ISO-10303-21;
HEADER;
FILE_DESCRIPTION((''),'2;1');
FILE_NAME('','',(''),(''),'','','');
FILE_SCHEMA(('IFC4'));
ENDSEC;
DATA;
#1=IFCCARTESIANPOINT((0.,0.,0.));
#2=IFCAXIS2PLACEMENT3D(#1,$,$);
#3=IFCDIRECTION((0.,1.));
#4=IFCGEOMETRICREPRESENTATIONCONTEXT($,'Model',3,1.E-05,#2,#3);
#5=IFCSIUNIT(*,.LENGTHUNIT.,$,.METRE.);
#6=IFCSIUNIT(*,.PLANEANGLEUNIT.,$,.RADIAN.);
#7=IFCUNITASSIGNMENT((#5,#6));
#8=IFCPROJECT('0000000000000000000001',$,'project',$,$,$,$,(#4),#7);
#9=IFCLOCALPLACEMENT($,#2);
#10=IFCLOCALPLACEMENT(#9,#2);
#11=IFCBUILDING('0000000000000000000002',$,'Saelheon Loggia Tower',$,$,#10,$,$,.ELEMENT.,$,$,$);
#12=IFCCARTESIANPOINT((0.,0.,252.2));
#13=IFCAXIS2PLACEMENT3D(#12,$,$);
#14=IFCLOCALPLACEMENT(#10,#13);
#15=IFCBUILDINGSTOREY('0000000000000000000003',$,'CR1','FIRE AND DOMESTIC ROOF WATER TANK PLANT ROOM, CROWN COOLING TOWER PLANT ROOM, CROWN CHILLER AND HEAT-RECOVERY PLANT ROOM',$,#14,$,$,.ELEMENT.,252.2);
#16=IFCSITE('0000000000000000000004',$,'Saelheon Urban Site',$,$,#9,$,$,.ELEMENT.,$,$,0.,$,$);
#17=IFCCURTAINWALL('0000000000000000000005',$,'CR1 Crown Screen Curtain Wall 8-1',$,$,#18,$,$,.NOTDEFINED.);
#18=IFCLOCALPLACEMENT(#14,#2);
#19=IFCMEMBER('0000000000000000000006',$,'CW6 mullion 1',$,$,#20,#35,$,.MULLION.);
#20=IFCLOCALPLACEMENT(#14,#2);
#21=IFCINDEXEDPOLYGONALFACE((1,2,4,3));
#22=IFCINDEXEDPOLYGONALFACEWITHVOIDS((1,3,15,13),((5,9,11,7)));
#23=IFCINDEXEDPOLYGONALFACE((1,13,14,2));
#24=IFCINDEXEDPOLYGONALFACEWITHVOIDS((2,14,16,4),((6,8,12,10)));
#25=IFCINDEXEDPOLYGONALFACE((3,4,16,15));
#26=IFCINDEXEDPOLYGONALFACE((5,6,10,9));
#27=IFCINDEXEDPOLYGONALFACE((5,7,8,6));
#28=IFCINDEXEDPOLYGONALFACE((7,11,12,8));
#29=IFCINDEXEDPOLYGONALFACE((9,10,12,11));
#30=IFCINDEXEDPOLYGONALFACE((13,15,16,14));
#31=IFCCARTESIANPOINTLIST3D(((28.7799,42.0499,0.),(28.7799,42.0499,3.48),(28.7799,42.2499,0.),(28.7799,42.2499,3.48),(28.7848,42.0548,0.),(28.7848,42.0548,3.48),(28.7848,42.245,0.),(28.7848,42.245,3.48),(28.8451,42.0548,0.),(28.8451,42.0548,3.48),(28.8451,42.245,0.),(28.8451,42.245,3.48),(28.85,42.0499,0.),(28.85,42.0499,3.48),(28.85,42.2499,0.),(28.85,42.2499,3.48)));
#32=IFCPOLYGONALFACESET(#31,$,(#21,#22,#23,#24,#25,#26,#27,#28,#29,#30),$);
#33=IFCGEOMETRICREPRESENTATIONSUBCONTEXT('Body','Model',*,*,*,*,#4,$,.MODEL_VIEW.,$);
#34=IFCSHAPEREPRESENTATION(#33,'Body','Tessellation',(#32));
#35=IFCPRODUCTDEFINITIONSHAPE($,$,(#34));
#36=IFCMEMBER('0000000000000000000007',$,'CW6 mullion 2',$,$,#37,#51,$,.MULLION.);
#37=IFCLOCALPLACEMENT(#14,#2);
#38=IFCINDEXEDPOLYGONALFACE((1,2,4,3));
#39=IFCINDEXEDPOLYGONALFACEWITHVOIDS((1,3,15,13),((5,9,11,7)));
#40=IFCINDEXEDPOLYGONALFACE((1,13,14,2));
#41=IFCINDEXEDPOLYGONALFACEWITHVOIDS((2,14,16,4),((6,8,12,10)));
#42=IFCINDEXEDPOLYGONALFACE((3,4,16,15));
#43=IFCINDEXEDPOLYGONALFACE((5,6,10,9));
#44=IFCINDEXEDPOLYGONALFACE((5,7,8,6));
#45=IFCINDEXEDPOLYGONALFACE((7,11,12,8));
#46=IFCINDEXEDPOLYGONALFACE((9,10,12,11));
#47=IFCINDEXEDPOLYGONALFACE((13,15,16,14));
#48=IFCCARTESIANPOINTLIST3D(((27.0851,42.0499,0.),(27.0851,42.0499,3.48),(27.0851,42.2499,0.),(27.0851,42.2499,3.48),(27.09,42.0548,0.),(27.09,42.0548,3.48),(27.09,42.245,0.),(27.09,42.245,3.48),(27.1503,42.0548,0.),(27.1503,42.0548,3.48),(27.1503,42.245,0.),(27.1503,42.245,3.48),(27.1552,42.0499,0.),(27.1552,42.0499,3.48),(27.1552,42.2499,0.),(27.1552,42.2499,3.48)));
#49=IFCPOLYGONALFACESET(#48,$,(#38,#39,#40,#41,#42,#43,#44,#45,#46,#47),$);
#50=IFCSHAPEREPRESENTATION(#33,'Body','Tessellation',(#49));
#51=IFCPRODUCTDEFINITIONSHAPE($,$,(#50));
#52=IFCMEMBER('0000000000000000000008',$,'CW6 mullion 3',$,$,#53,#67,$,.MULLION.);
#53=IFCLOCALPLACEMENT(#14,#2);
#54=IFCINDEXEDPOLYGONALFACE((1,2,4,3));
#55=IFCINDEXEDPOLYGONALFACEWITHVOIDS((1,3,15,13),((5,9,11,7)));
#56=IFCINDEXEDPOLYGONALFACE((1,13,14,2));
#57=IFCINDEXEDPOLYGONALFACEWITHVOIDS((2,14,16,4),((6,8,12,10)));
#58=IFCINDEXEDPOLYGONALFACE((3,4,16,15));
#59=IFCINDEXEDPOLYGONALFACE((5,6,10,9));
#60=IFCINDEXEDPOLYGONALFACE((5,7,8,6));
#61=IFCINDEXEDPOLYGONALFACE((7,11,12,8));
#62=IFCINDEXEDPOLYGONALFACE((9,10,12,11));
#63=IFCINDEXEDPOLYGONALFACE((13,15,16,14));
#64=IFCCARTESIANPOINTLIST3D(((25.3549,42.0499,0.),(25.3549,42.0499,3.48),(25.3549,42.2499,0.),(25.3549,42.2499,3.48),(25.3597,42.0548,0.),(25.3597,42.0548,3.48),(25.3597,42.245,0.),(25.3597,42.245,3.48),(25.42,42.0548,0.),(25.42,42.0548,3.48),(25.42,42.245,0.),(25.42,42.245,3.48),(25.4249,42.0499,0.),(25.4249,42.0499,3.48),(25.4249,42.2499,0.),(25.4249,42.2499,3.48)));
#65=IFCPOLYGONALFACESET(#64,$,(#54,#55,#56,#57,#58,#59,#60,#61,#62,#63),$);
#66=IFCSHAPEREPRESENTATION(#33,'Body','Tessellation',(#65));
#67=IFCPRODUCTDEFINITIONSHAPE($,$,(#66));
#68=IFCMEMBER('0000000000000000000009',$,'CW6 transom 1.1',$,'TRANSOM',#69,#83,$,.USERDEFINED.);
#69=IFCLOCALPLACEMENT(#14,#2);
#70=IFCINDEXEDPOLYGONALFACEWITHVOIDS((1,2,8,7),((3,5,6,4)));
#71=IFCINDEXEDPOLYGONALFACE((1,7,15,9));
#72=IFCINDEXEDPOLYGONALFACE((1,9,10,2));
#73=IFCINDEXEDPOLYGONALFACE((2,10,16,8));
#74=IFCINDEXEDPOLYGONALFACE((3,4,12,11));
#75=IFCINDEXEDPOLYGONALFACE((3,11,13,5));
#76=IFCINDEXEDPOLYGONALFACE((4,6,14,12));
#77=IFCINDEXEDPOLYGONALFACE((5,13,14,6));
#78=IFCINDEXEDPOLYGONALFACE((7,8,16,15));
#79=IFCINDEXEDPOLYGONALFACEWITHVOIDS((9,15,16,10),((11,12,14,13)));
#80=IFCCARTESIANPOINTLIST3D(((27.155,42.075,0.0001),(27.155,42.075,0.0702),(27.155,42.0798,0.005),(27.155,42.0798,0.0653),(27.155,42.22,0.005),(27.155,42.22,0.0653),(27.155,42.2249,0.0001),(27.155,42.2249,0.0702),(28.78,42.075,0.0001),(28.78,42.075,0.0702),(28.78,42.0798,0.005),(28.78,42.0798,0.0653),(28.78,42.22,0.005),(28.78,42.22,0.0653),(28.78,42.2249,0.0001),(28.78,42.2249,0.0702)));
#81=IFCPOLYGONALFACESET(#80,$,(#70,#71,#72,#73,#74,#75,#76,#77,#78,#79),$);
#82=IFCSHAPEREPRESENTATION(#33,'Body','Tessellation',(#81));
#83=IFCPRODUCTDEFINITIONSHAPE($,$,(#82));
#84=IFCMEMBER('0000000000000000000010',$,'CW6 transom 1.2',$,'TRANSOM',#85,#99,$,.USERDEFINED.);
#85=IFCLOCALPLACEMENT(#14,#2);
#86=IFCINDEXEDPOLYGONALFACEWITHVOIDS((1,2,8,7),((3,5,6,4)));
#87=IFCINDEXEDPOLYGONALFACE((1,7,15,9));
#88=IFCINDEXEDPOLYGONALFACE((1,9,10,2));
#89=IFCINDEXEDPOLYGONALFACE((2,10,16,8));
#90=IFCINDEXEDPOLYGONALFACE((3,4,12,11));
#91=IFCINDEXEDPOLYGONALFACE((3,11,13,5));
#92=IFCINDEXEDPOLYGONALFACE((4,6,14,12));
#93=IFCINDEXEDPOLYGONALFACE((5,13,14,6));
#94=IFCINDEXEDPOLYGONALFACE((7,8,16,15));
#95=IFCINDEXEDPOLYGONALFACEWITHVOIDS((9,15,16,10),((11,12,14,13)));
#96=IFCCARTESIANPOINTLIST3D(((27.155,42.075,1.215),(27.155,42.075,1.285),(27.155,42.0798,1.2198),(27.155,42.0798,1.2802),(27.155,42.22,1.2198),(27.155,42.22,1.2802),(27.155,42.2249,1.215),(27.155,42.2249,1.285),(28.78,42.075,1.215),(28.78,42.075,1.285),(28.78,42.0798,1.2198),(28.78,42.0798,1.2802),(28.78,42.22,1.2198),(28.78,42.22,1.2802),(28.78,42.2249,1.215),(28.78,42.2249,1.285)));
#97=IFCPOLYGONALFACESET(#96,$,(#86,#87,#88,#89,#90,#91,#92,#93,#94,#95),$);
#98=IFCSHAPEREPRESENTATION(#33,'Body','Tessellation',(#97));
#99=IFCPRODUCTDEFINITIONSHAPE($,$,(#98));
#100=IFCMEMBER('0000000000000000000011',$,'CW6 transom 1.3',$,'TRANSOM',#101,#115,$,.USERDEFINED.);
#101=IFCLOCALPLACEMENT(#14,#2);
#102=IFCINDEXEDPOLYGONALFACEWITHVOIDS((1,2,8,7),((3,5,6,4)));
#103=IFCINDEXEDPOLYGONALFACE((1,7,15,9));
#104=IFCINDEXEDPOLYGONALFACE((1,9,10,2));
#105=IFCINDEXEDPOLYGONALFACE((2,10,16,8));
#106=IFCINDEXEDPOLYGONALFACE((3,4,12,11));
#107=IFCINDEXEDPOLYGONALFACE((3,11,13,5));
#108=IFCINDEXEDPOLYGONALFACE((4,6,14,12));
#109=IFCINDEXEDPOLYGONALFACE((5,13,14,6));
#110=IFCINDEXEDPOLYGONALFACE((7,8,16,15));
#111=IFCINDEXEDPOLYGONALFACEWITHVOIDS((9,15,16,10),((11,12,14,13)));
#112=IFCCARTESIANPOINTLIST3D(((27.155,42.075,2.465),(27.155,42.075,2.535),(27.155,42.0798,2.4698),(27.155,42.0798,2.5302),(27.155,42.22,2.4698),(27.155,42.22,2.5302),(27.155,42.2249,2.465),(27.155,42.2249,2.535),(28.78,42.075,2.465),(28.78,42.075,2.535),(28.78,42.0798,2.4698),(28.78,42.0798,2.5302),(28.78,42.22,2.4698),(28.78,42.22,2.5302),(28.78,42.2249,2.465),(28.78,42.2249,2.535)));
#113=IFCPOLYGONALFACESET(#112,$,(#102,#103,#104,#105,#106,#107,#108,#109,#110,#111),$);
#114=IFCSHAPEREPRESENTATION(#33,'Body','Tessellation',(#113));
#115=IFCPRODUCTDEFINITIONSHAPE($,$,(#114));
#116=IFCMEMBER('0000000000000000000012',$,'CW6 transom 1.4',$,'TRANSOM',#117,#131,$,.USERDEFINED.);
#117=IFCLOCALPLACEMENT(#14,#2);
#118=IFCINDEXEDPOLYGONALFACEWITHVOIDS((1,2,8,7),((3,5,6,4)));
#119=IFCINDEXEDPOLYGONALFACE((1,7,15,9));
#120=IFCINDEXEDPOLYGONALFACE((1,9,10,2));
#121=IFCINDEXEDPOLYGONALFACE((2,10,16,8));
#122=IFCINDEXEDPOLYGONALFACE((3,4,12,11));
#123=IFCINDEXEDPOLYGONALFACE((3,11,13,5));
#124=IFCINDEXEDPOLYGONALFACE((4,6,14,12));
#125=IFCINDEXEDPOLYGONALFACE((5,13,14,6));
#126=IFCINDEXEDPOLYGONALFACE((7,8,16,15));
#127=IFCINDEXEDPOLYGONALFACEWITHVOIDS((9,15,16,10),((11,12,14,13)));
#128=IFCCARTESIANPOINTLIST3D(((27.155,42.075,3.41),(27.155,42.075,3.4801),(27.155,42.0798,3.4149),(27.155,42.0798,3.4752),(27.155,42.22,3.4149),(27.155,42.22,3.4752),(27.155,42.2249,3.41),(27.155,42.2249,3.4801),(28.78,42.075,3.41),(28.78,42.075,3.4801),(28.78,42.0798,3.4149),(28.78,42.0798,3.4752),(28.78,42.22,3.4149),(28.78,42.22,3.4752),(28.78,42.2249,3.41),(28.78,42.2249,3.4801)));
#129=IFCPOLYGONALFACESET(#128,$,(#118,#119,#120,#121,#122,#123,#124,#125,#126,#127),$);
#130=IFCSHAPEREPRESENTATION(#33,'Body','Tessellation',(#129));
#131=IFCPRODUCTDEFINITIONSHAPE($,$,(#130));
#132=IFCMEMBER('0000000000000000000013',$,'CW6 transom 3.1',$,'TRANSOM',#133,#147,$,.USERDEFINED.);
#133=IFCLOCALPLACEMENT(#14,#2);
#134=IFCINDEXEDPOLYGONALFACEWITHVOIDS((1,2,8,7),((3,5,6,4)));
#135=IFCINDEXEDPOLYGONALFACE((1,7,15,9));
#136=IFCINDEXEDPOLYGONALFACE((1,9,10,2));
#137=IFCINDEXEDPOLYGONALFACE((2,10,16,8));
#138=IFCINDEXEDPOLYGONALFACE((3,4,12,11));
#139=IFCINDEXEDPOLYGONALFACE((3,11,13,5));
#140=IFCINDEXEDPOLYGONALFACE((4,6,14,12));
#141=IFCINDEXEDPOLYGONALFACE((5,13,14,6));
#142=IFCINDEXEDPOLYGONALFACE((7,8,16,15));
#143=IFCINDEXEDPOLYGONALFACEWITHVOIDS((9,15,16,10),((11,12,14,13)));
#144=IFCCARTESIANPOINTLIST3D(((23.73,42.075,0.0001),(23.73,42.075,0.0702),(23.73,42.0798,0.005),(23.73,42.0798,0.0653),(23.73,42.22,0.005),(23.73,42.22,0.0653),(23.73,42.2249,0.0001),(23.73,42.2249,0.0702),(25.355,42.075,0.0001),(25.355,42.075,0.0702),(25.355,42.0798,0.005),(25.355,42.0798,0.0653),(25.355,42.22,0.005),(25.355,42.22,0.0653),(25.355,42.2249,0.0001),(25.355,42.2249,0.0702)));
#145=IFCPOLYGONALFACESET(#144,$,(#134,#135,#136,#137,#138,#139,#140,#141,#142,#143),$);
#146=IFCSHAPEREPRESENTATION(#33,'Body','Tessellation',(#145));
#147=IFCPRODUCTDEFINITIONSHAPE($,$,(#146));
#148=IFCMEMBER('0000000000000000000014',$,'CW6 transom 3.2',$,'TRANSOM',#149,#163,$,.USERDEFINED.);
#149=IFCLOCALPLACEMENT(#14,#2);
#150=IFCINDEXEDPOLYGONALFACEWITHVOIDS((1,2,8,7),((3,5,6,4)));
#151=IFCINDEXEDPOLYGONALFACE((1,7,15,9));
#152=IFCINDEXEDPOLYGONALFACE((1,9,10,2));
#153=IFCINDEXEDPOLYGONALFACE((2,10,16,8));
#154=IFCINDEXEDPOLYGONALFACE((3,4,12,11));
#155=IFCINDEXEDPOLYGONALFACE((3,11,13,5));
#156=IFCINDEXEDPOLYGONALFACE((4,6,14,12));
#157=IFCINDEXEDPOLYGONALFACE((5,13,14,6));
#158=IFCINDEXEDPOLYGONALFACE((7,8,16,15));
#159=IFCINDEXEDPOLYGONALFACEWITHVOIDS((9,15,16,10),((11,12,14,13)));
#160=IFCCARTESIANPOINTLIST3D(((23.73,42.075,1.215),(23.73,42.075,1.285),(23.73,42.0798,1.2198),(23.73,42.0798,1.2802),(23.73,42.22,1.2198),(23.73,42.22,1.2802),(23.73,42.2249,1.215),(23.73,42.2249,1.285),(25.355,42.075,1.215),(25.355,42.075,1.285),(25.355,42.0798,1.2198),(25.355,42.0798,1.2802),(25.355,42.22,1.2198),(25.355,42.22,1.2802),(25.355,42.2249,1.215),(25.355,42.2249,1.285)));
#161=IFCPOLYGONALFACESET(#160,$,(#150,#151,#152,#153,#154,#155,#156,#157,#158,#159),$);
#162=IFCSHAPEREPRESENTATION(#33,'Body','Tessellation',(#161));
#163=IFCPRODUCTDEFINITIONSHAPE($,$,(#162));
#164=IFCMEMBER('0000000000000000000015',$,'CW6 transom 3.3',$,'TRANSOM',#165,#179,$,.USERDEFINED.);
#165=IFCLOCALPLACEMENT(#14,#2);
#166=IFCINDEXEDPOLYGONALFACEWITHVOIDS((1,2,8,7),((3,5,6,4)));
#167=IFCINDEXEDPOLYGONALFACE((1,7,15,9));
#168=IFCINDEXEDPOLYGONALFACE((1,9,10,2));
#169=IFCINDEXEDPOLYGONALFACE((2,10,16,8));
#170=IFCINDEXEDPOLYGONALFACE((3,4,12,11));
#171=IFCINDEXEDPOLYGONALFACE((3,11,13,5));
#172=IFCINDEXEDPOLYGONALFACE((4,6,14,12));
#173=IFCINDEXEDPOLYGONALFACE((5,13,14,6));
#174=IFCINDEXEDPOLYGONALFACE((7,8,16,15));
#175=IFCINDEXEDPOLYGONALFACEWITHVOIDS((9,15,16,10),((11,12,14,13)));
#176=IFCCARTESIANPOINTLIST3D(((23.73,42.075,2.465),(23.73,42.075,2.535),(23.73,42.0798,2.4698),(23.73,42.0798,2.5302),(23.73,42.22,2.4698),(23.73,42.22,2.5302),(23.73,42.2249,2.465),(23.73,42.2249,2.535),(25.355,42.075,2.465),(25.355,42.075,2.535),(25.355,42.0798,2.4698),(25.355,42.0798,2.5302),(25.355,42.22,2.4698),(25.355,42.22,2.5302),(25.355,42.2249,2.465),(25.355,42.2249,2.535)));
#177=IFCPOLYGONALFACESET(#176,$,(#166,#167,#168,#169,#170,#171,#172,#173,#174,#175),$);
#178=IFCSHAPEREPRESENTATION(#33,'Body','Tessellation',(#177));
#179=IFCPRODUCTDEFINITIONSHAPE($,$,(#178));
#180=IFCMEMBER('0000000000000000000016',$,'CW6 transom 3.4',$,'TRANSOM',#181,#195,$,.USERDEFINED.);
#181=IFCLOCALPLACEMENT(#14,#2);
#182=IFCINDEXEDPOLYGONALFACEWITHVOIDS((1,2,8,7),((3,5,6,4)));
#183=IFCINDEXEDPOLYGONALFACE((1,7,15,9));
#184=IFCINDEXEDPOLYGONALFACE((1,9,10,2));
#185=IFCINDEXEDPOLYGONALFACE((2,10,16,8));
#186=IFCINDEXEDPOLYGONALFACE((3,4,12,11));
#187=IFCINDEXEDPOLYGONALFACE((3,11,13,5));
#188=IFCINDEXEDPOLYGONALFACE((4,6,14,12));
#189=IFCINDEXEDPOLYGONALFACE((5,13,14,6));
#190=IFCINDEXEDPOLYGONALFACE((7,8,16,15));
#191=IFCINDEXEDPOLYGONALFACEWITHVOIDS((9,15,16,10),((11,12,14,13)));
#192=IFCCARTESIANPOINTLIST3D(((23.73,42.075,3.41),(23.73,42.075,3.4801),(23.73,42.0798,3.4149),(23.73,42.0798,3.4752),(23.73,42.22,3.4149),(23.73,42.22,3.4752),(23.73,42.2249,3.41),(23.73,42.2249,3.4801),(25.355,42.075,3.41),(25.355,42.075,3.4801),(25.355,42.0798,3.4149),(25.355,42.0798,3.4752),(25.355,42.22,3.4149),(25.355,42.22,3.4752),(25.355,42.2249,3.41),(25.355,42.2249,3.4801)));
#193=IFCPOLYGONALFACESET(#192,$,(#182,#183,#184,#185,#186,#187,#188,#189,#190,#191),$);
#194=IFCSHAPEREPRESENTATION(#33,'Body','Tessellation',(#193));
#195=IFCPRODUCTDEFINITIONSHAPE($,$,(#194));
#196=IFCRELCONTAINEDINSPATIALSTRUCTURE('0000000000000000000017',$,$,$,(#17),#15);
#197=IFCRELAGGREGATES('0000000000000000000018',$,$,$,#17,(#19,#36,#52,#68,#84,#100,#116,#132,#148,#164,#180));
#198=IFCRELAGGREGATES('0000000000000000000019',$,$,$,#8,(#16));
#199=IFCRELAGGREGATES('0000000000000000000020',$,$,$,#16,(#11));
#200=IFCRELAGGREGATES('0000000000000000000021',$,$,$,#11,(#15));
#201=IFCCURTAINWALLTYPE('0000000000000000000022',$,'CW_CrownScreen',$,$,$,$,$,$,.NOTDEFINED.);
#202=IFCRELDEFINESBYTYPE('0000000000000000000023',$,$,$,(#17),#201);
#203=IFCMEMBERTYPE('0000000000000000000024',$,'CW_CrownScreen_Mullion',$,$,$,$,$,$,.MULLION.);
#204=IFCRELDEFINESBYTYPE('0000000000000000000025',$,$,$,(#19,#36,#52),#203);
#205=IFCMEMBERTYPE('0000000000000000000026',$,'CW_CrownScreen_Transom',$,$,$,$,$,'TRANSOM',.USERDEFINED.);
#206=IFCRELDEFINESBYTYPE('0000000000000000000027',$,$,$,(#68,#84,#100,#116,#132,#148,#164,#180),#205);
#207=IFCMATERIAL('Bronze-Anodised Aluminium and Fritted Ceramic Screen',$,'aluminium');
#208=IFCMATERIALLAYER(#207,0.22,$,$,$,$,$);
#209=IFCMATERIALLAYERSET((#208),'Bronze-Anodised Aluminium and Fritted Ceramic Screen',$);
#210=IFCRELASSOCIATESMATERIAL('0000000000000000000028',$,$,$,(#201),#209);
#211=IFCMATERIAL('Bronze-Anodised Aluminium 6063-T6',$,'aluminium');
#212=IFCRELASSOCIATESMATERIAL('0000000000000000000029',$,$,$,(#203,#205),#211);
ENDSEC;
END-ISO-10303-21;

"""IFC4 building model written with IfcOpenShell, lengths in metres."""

from ifc_helpers import new_model, si_unit, direction, frame, origin, origin_2d, place, context, subcontext, project, spatial, hollow_rectangle, extrude, source, transform, mapped, material, layer, layer_set, material_profile, profile_set, type_object, element, aggregate, save


model = new_model("IFC4")

# Units and contexts
model_context = context("Model", 3, precision=1e-05, world=origin(), true_north=direction((0.0, 1.0)))
body_context = subcontext(model_context, "Body", "Model", "MODEL_VIEW")
ifc_project = project(units=[si_unit("LENGTHUNIT", "METRE"), si_unit("PLANEANGLEUNIT", "RADIAN")], contexts=[model_context])

# Site, building, storey
site_placement = place(None, origin())
site = spatial("IfcSite", under=ifc_project, at=site_placement, Name="Saelheon Urban Site", CompositionType="ELEMENT", RefElevation=0.0)
building_placement = place(site_placement, origin())
building = spatial("IfcBuilding", under=site, at=building_placement, Name="Saelheon Loggia Tower", CompositionType="ELEMENT")
storey_placement = place(building_placement, frame((0.0, 0.0, 252.2)))
storey = spatial("IfcBuildingStorey", under=building, at=storey_placement, Name="CR1", Description="FIRE AND DOMESTIC ROOF WATER TANK PLANT ROOM, CROWN COOLING TOWER PLANT ROOM, CROWN CHILLER AND HEAT-RECOVERY PLANT ROOM", CompositionType="ELEMENT", Elevation=252.2)

# Curtain wall, members
ifc_material_1 = material(Name="Bronze-Anodised Aluminium and Fritted Ceramic Screen", Category="aluminium")
ifc_layer_1 = layer(ifc_material_1, 0.22)
ifc_layer_set_1 = layer_set([ifc_layer_1], Name="Bronze-Anodised Aluminium and Fritted Ceramic Screen")
curtain_wall_type = type_object("IfcCurtainWallType", Name="CW_CrownScreen", PredefinedType="NOTDEFINED", material=ifc_layer_set_1)
curtain_wall_placement = place(storey_placement, origin())
curtain_wall = element("IfcCurtainWall", 1, at=curtain_wall_placement, inside=storey, type_object=curtain_wall_type, Name="CR1 Crown Screen Curtain Wall 8-1", PredefinedType="NOTDEFINED")
ifc_material_2 = material(Name="Bronze-Anodised Aluminium 6063-T6", Category="aluminium")
ifc_material_profile_1 = material_profile(ifc_material_2, hollow_rectangle(XDim=0.0701, YDim=0.2, WallThickness=0.0049, at=origin_2d()), Name="RHS-200x70x5")
ifc_profile_set_1 = profile_set([ifc_material_profile_1], Name="Bronze-Anodised Aluminium 6063-T6")
member_type_1 = type_object("IfcMemberType", Name="CW_CrownScreen_Mullion", PredefinedType="MULLION", material=ifc_profile_set_1)
shared_shape_1 = source(origin(), body_context, "Body", "SweptSolid", [
    extrude(hollow_rectangle(XDim=0.0701, YDim=0.2, WallThickness=0.0049, at=origin_2d()), origin(), (0.0, 0.0, 1.0), 3.48),
])
member_1_placement = place(storey_placement, frame((28.8149, 42.1499, 0.0), z_axis=(0.0, 0.0, 1.0), x_axis=(-1.0, 0.0, 0.0)))
member_1 = element("IfcMember", 2, at=member_1_placement, type_object=member_type_1, Name="CW6 mullion 1", PredefinedType="MULLION", context=body_context, shape_type="MappedRepresentation", body=[
    mapped(shared_shape_1, transform((0.0, 0.0, 0.0), scale=1.0)),
])
member_2_placement = place(storey_placement, frame((27.1201, 42.1499, 0.0), z_axis=(0.0, 0.0, 1.0), x_axis=(-1.0, 0.0, 0.0)))
member_2 = element("IfcMember", 3, at=member_2_placement, type_object=member_type_1, Name="CW6 mullion 2", PredefinedType="MULLION", context=body_context, shape_type="MappedRepresentation", body=[
    mapped(shared_shape_1, transform((0.0, 0.0, 0.0), scale=1.0)),
])
member_3_placement = place(storey_placement, frame((25.3899, 42.1499, 0.0), z_axis=(0.0, 0.0, 1.0), x_axis=(-1.0, 0.0, 0.0)))
member_3 = element("IfcMember", 4, at=member_3_placement, type_object=member_type_1, Name="CW6 mullion 3", PredefinedType="MULLION", context=body_context, shape_type="MappedRepresentation", body=[
    mapped(shared_shape_1, transform((0.0, 0.0, 0.0), scale=1.0)),
])
ifc_material_profile_2 = material_profile(ifc_material_2, hollow_rectangle(XDim=0.0701, YDim=0.1499, WallThickness=0.0049, at=origin_2d()), Name="RHS-150x70x5")
ifc_profile_set_2 = profile_set([ifc_material_profile_2], Name="Bronze-Anodised Aluminium 6063-T6")
member_type_2 = type_object("IfcMemberType", Name="CW_CrownScreen_Transom", ElementType="TRANSOM", PredefinedType="USERDEFINED", material=ifc_profile_set_2)
shared_shape_2 = source(origin(), body_context, "Body", "SweptSolid", [
    extrude(hollow_rectangle(XDim=0.0701, YDim=0.1499, WallThickness=0.0049, at=origin_2d()), origin(), (0.0, 0.0, 1.0), 1.625),
])
member_4_placement = place(storey_placement, frame((28.78, 42.1499, 0.0352), z_axis=(-1.0, 0.0, 0.0), x_axis=(0.0, 0.0, 1.0)))
member_4 = element("IfcMember", 5, at=member_4_placement, type_object=member_type_2, Name="CW6 transom 1.1", ObjectType="TRANSOM", PredefinedType="USERDEFINED", context=body_context, shape_type="MappedRepresentation", body=[
    mapped(shared_shape_2, transform((0.0, 0.0, 0.0), scale=1.0)),
])
member_5_placement = place(storey_placement, frame((28.78, 42.1499, 1.25), z_axis=(-1.0, 0.0, 0.0), x_axis=(0.0, 0.0, 1.0)))
member_5 = element("IfcMember", 6, at=member_5_placement, type_object=member_type_2, Name="CW6 transom 1.2", ObjectType="TRANSOM", PredefinedType="USERDEFINED", context=body_context, shape_type="MappedRepresentation", body=[
    mapped(shared_shape_2, transform((0.0, 0.0, 0.0), scale=1.0)),
])
member_6_placement = place(storey_placement, frame((28.78, 42.1499, 2.5), z_axis=(-1.0, 0.0, 0.0), x_axis=(0.0, 0.0, 1.0)))
member_6 = element("IfcMember", 7, at=member_6_placement, type_object=member_type_2, Name="CW6 transom 1.3", ObjectType="TRANSOM", PredefinedType="USERDEFINED", context=body_context, shape_type="MappedRepresentation", body=[
    mapped(shared_shape_2, transform((0.0, 0.0, 0.0), scale=1.0)),
])
member_7_placement = place(storey_placement, frame((28.78, 42.1499, 3.4451), z_axis=(-1.0, 0.0, 0.0), x_axis=(0.0, 0.0, 1.0)))
member_7 = element("IfcMember", 8, at=member_7_placement, type_object=member_type_2, Name="CW6 transom 1.4", ObjectType="TRANSOM", PredefinedType="USERDEFINED", context=body_context, shape_type="MappedRepresentation", body=[
    mapped(shared_shape_2, transform((0.0, 0.0, 0.0), scale=1.0)),
])
member_8_placement = place(storey_placement, frame((25.355, 42.1499, 0.0352), z_axis=(-1.0, 0.0, 0.0), x_axis=(0.0, 0.0, 1.0)))
member_8 = element("IfcMember", 9, at=member_8_placement, type_object=member_type_2, Name="CW6 transom 3.1", ObjectType="TRANSOM", PredefinedType="USERDEFINED", context=body_context, shape_type="MappedRepresentation", body=[
    mapped(shared_shape_2, transform((0.0, 0.0, 0.0), scale=1.0)),
])
member_9_placement = place(storey_placement, frame((25.355, 42.1499, 1.25), z_axis=(-1.0, 0.0, 0.0), x_axis=(0.0, 0.0, 1.0)))
member_9 = element("IfcMember", 10, at=member_9_placement, type_object=member_type_2, Name="CW6 transom 3.2", ObjectType="TRANSOM", PredefinedType="USERDEFINED", context=body_context, shape_type="MappedRepresentation", body=[
    mapped(shared_shape_2, transform((0.0, 0.0, 0.0), scale=1.0)),
])
member_10_placement = place(storey_placement, frame((25.355, 42.1499, 2.5), z_axis=(-1.0, 0.0, 0.0), x_axis=(0.0, 0.0, 1.0)))
member_10 = element("IfcMember", 11, at=member_10_placement, type_object=member_type_2, Name="CW6 transom 3.3", ObjectType="TRANSOM", PredefinedType="USERDEFINED", context=body_context, shape_type="MappedRepresentation", body=[
    mapped(shared_shape_2, transform((0.0, 0.0, 0.0), scale=1.0)),
])
member_11_placement = place(storey_placement, frame((25.355, 42.1499, 3.4451), z_axis=(-1.0, 0.0, 0.0), x_axis=(0.0, 0.0, 1.0)))
member_11 = element("IfcMember", 12, at=member_11_placement, type_object=member_type_2, Name="CW6 transom 3.4", ObjectType="TRANSOM", PredefinedType="USERDEFINED", context=body_context, shape_type="MappedRepresentation", body=[
    mapped(shared_shape_2, transform((0.0, 0.0, 0.0), scale=1.0)),
])
aggregate(curtain_wall, [member_1, member_2, member_3, member_4, member_5, member_6, member_7, member_8, member_9, member_10, member_11])

save(model, "model.ifc")
